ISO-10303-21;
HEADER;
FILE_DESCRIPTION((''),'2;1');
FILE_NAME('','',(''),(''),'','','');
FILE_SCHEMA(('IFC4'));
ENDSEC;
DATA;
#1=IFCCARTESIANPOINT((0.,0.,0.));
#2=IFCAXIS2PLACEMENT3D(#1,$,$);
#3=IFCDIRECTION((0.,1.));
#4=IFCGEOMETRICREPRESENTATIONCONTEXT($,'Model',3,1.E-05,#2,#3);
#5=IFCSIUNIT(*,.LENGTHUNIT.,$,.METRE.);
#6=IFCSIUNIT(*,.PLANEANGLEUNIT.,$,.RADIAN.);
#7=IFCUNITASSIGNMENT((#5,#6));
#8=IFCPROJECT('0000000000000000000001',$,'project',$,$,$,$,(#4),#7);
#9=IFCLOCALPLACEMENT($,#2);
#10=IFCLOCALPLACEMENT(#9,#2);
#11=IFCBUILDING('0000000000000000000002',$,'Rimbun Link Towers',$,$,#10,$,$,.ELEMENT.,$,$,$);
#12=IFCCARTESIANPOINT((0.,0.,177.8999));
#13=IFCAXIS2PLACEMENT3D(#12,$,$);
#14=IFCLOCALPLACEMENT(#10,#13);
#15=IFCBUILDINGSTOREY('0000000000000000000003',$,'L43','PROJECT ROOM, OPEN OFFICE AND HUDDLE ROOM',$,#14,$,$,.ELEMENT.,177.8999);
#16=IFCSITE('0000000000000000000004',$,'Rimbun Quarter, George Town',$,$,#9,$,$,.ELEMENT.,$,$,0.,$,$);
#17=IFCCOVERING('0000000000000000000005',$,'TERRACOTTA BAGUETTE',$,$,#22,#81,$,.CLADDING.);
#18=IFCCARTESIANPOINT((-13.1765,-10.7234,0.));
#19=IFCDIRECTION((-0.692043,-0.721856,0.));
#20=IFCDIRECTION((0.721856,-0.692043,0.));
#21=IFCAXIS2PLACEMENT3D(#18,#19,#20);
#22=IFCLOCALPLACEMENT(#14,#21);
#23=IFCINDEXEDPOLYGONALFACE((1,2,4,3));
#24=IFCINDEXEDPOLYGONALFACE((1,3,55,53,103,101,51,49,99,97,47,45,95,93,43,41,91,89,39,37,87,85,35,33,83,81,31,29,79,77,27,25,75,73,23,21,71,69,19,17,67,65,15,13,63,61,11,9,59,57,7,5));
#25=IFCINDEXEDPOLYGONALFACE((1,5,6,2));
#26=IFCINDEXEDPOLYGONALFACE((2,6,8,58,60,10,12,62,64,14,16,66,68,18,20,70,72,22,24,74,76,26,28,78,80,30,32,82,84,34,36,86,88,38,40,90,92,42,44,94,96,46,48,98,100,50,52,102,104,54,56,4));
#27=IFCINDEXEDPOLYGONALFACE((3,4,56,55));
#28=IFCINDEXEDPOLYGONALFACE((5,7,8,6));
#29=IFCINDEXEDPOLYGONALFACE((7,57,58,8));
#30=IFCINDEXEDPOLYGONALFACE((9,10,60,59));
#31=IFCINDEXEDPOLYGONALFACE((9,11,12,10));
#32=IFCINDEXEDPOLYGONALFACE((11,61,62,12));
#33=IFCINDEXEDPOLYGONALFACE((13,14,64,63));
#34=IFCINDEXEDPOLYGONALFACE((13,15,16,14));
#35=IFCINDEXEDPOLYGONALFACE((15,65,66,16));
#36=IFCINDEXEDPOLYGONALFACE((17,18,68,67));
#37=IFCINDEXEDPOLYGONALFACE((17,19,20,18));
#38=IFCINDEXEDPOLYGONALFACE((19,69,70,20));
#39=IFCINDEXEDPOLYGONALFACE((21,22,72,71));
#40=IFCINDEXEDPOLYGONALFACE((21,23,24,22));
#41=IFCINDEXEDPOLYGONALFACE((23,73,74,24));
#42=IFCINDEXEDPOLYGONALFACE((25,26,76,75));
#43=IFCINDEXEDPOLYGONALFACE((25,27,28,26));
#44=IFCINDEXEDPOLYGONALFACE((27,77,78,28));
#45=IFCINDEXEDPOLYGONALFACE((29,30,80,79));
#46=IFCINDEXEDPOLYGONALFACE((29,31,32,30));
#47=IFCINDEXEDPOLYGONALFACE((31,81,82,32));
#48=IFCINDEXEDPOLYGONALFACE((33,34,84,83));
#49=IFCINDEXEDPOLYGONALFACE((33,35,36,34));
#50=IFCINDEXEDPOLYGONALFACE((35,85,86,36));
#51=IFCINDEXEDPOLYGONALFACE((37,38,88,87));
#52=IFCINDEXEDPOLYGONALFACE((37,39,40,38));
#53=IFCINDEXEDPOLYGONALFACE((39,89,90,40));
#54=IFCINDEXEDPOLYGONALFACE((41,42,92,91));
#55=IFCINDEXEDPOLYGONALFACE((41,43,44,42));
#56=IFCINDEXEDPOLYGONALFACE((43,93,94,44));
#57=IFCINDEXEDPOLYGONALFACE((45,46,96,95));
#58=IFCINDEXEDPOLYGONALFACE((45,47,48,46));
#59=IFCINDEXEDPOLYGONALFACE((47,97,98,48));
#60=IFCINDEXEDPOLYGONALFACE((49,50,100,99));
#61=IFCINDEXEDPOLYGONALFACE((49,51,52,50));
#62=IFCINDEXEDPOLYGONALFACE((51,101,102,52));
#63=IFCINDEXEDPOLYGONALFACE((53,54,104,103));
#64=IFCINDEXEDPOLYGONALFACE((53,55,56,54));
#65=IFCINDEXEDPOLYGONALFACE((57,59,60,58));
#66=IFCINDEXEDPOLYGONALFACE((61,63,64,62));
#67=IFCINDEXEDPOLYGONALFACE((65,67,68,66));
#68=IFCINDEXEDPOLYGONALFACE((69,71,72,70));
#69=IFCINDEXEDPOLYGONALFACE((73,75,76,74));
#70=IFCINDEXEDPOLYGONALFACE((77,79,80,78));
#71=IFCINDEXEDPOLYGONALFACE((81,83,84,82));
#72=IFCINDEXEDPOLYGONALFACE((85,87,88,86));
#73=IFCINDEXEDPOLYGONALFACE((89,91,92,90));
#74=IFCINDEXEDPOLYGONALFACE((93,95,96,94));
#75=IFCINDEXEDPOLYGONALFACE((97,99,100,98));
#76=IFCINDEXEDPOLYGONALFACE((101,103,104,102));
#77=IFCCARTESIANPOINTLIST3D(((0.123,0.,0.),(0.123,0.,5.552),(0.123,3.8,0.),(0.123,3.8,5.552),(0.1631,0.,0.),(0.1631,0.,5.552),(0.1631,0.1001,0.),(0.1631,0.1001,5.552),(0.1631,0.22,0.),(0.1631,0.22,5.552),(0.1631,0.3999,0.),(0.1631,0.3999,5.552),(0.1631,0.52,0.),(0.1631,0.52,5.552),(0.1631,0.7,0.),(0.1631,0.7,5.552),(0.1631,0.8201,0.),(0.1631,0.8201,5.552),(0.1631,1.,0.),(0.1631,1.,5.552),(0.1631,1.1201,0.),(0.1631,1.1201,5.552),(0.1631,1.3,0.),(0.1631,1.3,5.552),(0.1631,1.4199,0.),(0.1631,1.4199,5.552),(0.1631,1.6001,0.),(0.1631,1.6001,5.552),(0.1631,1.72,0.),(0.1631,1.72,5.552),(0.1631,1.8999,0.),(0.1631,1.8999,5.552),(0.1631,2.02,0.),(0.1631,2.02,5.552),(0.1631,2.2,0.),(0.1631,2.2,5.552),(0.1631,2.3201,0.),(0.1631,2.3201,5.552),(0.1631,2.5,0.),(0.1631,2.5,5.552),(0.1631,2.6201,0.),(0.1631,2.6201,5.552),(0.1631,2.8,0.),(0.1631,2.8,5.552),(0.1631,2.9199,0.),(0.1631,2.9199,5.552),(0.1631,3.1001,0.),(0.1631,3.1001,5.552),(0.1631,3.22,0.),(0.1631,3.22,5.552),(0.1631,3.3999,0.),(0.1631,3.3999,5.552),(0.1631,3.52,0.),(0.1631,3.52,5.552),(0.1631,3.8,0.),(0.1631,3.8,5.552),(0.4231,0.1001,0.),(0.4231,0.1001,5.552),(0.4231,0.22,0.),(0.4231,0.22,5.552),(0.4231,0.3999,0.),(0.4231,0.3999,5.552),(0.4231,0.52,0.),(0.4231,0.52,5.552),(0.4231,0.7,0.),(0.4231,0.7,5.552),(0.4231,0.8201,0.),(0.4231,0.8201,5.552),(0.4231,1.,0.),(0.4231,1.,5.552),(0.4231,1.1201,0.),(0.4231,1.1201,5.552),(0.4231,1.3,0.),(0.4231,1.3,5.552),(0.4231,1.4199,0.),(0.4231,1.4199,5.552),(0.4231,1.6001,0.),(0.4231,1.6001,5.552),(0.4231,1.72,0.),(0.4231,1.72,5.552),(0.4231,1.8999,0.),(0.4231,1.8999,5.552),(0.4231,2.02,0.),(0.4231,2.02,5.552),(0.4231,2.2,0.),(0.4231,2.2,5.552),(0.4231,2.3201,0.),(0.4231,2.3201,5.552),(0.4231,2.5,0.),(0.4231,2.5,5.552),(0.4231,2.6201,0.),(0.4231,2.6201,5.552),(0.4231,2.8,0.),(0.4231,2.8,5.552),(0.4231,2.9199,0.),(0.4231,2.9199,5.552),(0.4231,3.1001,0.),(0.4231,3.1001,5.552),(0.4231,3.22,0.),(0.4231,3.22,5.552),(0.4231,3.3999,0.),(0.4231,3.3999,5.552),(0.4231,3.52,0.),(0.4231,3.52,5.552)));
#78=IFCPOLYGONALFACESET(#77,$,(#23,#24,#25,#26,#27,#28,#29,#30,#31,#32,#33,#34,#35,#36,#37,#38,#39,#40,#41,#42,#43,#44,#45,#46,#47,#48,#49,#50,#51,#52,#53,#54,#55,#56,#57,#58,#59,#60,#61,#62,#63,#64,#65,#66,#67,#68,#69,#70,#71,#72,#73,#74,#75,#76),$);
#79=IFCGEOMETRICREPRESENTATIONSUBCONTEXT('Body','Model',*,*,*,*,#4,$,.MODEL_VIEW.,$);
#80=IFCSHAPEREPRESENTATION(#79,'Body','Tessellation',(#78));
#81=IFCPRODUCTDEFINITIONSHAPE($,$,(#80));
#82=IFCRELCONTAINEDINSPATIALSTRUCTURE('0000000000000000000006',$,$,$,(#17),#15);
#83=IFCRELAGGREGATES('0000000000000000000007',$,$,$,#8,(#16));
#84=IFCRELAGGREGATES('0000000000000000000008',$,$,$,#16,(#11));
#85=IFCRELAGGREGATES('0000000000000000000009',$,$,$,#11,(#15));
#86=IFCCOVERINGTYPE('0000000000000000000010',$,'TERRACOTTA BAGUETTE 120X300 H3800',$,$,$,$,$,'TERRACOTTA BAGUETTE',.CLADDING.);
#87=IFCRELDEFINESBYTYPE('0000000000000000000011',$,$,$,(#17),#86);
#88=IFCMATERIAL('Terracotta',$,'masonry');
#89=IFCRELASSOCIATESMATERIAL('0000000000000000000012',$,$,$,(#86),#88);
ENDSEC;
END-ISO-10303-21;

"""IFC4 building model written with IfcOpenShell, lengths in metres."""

from ifc_helpers import new_model, si_unit, direction, frame, origin, place, context, subcontext, project, spatial, polyline, outline, extrude, material, material_profile, profile_set, type_object, element, save


model = new_model("IFC4")

# Units and contexts
model_context = context("Model", 3, precision=1e-05, world=origin(), true_north=direction((0.0, 1.0)))
body_context = subcontext(model_context, "Body", "Model", "MODEL_VIEW")
ifc_project = project(units=[si_unit("LENGTHUNIT", "METRE"), si_unit("PLANEANGLEUNIT", "RADIAN")], contexts=[model_context])

# Site, building, storey
site_placement = place(None, origin())
site = spatial("IfcSite", under=ifc_project, at=site_placement, Name="Rimbun Quarter, George Town", CompositionType="ELEMENT", RefElevation=0.0)
building_placement = place(site_placement, origin())
building = spatial("IfcBuilding", under=site, at=building_placement, Name="Rimbun Link Towers", CompositionType="ELEMENT")
storey_placement = place(building_placement, frame((0.0, 0.0, 177.8999)))
storey = spatial("IfcBuildingStorey", under=building, at=storey_placement, Name="L43", Description="PROJECT ROOM, OPEN OFFICE AND HUDDLE ROOM", CompositionType="ELEMENT", Elevation=177.8999)

# Covering
ifc_material_1 = material(Name="Terracotta", Category="masonry")
ifc_material_profile_1 = material_profile(ifc_material_1, outline(polyline([(0.123, 0.0), (0.1631, 0.0), (0.1631, 0.1001), (0.4231, 0.1001), (0.4231, 0.22), (0.1631, 0.22), (0.1631, 0.3999), (0.4231, 0.3999), (0.4231, 0.52), (0.1631, 0.52), (0.1631, 0.7), (0.4231, 0.7), (0.4231, 0.8201), (0.1631, 0.8201), (0.1631, 1.0), (0.4231, 1.0), (0.4231, 1.1201), (0.1631, 1.1201), (0.1631, 1.3), (0.4231, 1.3), (0.4231, 1.4199), (0.1631, 1.4199), (0.1631, 1.6001), (0.4231, 1.6001), (0.4231, 1.72), (0.1631, 1.72), (0.1631, 1.8999), (0.4231, 1.8999), (0.4231, 2.02), (0.1631, 2.02), (0.1631, 2.2), (0.4231, 2.2), (0.4231, 2.3201), (0.1631, 2.3201), (0.1631, 2.5), (0.4231, 2.5), (0.4231, 2.6201), (0.1631, 2.6201), (0.1631, 2.8), (0.4231, 2.8), (0.4231, 2.9199), (0.1631, 2.9199), (0.1631, 3.1001), (0.4231, 3.1001), (0.4231, 3.22), (0.1631, 3.22), (0.1631, 3.3999), (0.4231, 3.3999), (0.4231, 3.52), (0.1631, 3.52), (0.1631, 3.8), (0.123, 3.8), (0.123, 0.0)])), Name="BAGUETTE 120X300")
ifc_profile_set_1 = profile_set([ifc_material_profile_1], Name="Terracotta")
covering_type = type_object("IfcCoveringType", Name="TERRACOTTA BAGUETTE 120X300 H3800", ElementType="TERRACOTTA BAGUETTE", PredefinedType="CLADDING", material=ifc_profile_set_1)
covering_1_placement = place(storey_placement, frame((-13.1765, -10.7234, 0.0), z_axis=(-0.692043, -0.721856, 0.0), x_axis=(0.721856, -0.692043, 0.0)))
element("IfcCovering", 1, at=covering_1_placement, inside=storey, type_object=covering_type, Name="TERRACOTTA BAGUETTE", PredefinedType="CLADDING", context=body_context, shape_type="SweptSolid", body=[
    extrude(outline(polyline([(0.123, 0.0), (0.1631, 0.0), (0.1631, 0.1001), (0.4231, 0.1001), (0.4231, 0.22), (0.1631, 0.22), (0.1631, 0.3999), (0.4231, 0.3999), (0.4231, 0.52), (0.1631, 0.52), (0.1631, 0.7), (0.4231, 0.7), (0.4231, 0.8201), (0.1631, 0.8201), (0.1631, 1.0), (0.4231, 1.0), (0.4231, 1.1201), (0.1631, 1.1201), (0.1631, 1.3), (0.4231, 1.3), (0.4231, 1.4199), (0.1631, 1.4199), (0.1631, 1.6001), (0.4231, 1.6001), (0.4231, 1.72), (0.1631, 1.72), (0.1631, 1.8999), (0.4231, 1.8999), (0.4231, 2.02), (0.1631, 2.02), (0.1631, 2.2), (0.4231, 2.2), (0.4231, 2.3201), (0.1631, 2.3201), (0.1631, 2.5), (0.4231, 2.5), (0.4231, 2.6201), (0.1631, 2.6201), (0.1631, 2.8), (0.4231, 2.8), (0.4231, 2.9199), (0.1631, 2.9199), (0.1631, 3.1001), (0.4231, 3.1001), (0.4231, 3.22), (0.1631, 3.22), (0.1631, 3.3999), (0.4231, 3.3999), (0.4231, 3.52), (0.1631, 3.52), (0.1631, 3.8), (0.123, 3.8), (0.123, 0.0)])), origin(), (0.0, 0.0, 1.0), 5.552),
])

save(model, "model.ifc")
